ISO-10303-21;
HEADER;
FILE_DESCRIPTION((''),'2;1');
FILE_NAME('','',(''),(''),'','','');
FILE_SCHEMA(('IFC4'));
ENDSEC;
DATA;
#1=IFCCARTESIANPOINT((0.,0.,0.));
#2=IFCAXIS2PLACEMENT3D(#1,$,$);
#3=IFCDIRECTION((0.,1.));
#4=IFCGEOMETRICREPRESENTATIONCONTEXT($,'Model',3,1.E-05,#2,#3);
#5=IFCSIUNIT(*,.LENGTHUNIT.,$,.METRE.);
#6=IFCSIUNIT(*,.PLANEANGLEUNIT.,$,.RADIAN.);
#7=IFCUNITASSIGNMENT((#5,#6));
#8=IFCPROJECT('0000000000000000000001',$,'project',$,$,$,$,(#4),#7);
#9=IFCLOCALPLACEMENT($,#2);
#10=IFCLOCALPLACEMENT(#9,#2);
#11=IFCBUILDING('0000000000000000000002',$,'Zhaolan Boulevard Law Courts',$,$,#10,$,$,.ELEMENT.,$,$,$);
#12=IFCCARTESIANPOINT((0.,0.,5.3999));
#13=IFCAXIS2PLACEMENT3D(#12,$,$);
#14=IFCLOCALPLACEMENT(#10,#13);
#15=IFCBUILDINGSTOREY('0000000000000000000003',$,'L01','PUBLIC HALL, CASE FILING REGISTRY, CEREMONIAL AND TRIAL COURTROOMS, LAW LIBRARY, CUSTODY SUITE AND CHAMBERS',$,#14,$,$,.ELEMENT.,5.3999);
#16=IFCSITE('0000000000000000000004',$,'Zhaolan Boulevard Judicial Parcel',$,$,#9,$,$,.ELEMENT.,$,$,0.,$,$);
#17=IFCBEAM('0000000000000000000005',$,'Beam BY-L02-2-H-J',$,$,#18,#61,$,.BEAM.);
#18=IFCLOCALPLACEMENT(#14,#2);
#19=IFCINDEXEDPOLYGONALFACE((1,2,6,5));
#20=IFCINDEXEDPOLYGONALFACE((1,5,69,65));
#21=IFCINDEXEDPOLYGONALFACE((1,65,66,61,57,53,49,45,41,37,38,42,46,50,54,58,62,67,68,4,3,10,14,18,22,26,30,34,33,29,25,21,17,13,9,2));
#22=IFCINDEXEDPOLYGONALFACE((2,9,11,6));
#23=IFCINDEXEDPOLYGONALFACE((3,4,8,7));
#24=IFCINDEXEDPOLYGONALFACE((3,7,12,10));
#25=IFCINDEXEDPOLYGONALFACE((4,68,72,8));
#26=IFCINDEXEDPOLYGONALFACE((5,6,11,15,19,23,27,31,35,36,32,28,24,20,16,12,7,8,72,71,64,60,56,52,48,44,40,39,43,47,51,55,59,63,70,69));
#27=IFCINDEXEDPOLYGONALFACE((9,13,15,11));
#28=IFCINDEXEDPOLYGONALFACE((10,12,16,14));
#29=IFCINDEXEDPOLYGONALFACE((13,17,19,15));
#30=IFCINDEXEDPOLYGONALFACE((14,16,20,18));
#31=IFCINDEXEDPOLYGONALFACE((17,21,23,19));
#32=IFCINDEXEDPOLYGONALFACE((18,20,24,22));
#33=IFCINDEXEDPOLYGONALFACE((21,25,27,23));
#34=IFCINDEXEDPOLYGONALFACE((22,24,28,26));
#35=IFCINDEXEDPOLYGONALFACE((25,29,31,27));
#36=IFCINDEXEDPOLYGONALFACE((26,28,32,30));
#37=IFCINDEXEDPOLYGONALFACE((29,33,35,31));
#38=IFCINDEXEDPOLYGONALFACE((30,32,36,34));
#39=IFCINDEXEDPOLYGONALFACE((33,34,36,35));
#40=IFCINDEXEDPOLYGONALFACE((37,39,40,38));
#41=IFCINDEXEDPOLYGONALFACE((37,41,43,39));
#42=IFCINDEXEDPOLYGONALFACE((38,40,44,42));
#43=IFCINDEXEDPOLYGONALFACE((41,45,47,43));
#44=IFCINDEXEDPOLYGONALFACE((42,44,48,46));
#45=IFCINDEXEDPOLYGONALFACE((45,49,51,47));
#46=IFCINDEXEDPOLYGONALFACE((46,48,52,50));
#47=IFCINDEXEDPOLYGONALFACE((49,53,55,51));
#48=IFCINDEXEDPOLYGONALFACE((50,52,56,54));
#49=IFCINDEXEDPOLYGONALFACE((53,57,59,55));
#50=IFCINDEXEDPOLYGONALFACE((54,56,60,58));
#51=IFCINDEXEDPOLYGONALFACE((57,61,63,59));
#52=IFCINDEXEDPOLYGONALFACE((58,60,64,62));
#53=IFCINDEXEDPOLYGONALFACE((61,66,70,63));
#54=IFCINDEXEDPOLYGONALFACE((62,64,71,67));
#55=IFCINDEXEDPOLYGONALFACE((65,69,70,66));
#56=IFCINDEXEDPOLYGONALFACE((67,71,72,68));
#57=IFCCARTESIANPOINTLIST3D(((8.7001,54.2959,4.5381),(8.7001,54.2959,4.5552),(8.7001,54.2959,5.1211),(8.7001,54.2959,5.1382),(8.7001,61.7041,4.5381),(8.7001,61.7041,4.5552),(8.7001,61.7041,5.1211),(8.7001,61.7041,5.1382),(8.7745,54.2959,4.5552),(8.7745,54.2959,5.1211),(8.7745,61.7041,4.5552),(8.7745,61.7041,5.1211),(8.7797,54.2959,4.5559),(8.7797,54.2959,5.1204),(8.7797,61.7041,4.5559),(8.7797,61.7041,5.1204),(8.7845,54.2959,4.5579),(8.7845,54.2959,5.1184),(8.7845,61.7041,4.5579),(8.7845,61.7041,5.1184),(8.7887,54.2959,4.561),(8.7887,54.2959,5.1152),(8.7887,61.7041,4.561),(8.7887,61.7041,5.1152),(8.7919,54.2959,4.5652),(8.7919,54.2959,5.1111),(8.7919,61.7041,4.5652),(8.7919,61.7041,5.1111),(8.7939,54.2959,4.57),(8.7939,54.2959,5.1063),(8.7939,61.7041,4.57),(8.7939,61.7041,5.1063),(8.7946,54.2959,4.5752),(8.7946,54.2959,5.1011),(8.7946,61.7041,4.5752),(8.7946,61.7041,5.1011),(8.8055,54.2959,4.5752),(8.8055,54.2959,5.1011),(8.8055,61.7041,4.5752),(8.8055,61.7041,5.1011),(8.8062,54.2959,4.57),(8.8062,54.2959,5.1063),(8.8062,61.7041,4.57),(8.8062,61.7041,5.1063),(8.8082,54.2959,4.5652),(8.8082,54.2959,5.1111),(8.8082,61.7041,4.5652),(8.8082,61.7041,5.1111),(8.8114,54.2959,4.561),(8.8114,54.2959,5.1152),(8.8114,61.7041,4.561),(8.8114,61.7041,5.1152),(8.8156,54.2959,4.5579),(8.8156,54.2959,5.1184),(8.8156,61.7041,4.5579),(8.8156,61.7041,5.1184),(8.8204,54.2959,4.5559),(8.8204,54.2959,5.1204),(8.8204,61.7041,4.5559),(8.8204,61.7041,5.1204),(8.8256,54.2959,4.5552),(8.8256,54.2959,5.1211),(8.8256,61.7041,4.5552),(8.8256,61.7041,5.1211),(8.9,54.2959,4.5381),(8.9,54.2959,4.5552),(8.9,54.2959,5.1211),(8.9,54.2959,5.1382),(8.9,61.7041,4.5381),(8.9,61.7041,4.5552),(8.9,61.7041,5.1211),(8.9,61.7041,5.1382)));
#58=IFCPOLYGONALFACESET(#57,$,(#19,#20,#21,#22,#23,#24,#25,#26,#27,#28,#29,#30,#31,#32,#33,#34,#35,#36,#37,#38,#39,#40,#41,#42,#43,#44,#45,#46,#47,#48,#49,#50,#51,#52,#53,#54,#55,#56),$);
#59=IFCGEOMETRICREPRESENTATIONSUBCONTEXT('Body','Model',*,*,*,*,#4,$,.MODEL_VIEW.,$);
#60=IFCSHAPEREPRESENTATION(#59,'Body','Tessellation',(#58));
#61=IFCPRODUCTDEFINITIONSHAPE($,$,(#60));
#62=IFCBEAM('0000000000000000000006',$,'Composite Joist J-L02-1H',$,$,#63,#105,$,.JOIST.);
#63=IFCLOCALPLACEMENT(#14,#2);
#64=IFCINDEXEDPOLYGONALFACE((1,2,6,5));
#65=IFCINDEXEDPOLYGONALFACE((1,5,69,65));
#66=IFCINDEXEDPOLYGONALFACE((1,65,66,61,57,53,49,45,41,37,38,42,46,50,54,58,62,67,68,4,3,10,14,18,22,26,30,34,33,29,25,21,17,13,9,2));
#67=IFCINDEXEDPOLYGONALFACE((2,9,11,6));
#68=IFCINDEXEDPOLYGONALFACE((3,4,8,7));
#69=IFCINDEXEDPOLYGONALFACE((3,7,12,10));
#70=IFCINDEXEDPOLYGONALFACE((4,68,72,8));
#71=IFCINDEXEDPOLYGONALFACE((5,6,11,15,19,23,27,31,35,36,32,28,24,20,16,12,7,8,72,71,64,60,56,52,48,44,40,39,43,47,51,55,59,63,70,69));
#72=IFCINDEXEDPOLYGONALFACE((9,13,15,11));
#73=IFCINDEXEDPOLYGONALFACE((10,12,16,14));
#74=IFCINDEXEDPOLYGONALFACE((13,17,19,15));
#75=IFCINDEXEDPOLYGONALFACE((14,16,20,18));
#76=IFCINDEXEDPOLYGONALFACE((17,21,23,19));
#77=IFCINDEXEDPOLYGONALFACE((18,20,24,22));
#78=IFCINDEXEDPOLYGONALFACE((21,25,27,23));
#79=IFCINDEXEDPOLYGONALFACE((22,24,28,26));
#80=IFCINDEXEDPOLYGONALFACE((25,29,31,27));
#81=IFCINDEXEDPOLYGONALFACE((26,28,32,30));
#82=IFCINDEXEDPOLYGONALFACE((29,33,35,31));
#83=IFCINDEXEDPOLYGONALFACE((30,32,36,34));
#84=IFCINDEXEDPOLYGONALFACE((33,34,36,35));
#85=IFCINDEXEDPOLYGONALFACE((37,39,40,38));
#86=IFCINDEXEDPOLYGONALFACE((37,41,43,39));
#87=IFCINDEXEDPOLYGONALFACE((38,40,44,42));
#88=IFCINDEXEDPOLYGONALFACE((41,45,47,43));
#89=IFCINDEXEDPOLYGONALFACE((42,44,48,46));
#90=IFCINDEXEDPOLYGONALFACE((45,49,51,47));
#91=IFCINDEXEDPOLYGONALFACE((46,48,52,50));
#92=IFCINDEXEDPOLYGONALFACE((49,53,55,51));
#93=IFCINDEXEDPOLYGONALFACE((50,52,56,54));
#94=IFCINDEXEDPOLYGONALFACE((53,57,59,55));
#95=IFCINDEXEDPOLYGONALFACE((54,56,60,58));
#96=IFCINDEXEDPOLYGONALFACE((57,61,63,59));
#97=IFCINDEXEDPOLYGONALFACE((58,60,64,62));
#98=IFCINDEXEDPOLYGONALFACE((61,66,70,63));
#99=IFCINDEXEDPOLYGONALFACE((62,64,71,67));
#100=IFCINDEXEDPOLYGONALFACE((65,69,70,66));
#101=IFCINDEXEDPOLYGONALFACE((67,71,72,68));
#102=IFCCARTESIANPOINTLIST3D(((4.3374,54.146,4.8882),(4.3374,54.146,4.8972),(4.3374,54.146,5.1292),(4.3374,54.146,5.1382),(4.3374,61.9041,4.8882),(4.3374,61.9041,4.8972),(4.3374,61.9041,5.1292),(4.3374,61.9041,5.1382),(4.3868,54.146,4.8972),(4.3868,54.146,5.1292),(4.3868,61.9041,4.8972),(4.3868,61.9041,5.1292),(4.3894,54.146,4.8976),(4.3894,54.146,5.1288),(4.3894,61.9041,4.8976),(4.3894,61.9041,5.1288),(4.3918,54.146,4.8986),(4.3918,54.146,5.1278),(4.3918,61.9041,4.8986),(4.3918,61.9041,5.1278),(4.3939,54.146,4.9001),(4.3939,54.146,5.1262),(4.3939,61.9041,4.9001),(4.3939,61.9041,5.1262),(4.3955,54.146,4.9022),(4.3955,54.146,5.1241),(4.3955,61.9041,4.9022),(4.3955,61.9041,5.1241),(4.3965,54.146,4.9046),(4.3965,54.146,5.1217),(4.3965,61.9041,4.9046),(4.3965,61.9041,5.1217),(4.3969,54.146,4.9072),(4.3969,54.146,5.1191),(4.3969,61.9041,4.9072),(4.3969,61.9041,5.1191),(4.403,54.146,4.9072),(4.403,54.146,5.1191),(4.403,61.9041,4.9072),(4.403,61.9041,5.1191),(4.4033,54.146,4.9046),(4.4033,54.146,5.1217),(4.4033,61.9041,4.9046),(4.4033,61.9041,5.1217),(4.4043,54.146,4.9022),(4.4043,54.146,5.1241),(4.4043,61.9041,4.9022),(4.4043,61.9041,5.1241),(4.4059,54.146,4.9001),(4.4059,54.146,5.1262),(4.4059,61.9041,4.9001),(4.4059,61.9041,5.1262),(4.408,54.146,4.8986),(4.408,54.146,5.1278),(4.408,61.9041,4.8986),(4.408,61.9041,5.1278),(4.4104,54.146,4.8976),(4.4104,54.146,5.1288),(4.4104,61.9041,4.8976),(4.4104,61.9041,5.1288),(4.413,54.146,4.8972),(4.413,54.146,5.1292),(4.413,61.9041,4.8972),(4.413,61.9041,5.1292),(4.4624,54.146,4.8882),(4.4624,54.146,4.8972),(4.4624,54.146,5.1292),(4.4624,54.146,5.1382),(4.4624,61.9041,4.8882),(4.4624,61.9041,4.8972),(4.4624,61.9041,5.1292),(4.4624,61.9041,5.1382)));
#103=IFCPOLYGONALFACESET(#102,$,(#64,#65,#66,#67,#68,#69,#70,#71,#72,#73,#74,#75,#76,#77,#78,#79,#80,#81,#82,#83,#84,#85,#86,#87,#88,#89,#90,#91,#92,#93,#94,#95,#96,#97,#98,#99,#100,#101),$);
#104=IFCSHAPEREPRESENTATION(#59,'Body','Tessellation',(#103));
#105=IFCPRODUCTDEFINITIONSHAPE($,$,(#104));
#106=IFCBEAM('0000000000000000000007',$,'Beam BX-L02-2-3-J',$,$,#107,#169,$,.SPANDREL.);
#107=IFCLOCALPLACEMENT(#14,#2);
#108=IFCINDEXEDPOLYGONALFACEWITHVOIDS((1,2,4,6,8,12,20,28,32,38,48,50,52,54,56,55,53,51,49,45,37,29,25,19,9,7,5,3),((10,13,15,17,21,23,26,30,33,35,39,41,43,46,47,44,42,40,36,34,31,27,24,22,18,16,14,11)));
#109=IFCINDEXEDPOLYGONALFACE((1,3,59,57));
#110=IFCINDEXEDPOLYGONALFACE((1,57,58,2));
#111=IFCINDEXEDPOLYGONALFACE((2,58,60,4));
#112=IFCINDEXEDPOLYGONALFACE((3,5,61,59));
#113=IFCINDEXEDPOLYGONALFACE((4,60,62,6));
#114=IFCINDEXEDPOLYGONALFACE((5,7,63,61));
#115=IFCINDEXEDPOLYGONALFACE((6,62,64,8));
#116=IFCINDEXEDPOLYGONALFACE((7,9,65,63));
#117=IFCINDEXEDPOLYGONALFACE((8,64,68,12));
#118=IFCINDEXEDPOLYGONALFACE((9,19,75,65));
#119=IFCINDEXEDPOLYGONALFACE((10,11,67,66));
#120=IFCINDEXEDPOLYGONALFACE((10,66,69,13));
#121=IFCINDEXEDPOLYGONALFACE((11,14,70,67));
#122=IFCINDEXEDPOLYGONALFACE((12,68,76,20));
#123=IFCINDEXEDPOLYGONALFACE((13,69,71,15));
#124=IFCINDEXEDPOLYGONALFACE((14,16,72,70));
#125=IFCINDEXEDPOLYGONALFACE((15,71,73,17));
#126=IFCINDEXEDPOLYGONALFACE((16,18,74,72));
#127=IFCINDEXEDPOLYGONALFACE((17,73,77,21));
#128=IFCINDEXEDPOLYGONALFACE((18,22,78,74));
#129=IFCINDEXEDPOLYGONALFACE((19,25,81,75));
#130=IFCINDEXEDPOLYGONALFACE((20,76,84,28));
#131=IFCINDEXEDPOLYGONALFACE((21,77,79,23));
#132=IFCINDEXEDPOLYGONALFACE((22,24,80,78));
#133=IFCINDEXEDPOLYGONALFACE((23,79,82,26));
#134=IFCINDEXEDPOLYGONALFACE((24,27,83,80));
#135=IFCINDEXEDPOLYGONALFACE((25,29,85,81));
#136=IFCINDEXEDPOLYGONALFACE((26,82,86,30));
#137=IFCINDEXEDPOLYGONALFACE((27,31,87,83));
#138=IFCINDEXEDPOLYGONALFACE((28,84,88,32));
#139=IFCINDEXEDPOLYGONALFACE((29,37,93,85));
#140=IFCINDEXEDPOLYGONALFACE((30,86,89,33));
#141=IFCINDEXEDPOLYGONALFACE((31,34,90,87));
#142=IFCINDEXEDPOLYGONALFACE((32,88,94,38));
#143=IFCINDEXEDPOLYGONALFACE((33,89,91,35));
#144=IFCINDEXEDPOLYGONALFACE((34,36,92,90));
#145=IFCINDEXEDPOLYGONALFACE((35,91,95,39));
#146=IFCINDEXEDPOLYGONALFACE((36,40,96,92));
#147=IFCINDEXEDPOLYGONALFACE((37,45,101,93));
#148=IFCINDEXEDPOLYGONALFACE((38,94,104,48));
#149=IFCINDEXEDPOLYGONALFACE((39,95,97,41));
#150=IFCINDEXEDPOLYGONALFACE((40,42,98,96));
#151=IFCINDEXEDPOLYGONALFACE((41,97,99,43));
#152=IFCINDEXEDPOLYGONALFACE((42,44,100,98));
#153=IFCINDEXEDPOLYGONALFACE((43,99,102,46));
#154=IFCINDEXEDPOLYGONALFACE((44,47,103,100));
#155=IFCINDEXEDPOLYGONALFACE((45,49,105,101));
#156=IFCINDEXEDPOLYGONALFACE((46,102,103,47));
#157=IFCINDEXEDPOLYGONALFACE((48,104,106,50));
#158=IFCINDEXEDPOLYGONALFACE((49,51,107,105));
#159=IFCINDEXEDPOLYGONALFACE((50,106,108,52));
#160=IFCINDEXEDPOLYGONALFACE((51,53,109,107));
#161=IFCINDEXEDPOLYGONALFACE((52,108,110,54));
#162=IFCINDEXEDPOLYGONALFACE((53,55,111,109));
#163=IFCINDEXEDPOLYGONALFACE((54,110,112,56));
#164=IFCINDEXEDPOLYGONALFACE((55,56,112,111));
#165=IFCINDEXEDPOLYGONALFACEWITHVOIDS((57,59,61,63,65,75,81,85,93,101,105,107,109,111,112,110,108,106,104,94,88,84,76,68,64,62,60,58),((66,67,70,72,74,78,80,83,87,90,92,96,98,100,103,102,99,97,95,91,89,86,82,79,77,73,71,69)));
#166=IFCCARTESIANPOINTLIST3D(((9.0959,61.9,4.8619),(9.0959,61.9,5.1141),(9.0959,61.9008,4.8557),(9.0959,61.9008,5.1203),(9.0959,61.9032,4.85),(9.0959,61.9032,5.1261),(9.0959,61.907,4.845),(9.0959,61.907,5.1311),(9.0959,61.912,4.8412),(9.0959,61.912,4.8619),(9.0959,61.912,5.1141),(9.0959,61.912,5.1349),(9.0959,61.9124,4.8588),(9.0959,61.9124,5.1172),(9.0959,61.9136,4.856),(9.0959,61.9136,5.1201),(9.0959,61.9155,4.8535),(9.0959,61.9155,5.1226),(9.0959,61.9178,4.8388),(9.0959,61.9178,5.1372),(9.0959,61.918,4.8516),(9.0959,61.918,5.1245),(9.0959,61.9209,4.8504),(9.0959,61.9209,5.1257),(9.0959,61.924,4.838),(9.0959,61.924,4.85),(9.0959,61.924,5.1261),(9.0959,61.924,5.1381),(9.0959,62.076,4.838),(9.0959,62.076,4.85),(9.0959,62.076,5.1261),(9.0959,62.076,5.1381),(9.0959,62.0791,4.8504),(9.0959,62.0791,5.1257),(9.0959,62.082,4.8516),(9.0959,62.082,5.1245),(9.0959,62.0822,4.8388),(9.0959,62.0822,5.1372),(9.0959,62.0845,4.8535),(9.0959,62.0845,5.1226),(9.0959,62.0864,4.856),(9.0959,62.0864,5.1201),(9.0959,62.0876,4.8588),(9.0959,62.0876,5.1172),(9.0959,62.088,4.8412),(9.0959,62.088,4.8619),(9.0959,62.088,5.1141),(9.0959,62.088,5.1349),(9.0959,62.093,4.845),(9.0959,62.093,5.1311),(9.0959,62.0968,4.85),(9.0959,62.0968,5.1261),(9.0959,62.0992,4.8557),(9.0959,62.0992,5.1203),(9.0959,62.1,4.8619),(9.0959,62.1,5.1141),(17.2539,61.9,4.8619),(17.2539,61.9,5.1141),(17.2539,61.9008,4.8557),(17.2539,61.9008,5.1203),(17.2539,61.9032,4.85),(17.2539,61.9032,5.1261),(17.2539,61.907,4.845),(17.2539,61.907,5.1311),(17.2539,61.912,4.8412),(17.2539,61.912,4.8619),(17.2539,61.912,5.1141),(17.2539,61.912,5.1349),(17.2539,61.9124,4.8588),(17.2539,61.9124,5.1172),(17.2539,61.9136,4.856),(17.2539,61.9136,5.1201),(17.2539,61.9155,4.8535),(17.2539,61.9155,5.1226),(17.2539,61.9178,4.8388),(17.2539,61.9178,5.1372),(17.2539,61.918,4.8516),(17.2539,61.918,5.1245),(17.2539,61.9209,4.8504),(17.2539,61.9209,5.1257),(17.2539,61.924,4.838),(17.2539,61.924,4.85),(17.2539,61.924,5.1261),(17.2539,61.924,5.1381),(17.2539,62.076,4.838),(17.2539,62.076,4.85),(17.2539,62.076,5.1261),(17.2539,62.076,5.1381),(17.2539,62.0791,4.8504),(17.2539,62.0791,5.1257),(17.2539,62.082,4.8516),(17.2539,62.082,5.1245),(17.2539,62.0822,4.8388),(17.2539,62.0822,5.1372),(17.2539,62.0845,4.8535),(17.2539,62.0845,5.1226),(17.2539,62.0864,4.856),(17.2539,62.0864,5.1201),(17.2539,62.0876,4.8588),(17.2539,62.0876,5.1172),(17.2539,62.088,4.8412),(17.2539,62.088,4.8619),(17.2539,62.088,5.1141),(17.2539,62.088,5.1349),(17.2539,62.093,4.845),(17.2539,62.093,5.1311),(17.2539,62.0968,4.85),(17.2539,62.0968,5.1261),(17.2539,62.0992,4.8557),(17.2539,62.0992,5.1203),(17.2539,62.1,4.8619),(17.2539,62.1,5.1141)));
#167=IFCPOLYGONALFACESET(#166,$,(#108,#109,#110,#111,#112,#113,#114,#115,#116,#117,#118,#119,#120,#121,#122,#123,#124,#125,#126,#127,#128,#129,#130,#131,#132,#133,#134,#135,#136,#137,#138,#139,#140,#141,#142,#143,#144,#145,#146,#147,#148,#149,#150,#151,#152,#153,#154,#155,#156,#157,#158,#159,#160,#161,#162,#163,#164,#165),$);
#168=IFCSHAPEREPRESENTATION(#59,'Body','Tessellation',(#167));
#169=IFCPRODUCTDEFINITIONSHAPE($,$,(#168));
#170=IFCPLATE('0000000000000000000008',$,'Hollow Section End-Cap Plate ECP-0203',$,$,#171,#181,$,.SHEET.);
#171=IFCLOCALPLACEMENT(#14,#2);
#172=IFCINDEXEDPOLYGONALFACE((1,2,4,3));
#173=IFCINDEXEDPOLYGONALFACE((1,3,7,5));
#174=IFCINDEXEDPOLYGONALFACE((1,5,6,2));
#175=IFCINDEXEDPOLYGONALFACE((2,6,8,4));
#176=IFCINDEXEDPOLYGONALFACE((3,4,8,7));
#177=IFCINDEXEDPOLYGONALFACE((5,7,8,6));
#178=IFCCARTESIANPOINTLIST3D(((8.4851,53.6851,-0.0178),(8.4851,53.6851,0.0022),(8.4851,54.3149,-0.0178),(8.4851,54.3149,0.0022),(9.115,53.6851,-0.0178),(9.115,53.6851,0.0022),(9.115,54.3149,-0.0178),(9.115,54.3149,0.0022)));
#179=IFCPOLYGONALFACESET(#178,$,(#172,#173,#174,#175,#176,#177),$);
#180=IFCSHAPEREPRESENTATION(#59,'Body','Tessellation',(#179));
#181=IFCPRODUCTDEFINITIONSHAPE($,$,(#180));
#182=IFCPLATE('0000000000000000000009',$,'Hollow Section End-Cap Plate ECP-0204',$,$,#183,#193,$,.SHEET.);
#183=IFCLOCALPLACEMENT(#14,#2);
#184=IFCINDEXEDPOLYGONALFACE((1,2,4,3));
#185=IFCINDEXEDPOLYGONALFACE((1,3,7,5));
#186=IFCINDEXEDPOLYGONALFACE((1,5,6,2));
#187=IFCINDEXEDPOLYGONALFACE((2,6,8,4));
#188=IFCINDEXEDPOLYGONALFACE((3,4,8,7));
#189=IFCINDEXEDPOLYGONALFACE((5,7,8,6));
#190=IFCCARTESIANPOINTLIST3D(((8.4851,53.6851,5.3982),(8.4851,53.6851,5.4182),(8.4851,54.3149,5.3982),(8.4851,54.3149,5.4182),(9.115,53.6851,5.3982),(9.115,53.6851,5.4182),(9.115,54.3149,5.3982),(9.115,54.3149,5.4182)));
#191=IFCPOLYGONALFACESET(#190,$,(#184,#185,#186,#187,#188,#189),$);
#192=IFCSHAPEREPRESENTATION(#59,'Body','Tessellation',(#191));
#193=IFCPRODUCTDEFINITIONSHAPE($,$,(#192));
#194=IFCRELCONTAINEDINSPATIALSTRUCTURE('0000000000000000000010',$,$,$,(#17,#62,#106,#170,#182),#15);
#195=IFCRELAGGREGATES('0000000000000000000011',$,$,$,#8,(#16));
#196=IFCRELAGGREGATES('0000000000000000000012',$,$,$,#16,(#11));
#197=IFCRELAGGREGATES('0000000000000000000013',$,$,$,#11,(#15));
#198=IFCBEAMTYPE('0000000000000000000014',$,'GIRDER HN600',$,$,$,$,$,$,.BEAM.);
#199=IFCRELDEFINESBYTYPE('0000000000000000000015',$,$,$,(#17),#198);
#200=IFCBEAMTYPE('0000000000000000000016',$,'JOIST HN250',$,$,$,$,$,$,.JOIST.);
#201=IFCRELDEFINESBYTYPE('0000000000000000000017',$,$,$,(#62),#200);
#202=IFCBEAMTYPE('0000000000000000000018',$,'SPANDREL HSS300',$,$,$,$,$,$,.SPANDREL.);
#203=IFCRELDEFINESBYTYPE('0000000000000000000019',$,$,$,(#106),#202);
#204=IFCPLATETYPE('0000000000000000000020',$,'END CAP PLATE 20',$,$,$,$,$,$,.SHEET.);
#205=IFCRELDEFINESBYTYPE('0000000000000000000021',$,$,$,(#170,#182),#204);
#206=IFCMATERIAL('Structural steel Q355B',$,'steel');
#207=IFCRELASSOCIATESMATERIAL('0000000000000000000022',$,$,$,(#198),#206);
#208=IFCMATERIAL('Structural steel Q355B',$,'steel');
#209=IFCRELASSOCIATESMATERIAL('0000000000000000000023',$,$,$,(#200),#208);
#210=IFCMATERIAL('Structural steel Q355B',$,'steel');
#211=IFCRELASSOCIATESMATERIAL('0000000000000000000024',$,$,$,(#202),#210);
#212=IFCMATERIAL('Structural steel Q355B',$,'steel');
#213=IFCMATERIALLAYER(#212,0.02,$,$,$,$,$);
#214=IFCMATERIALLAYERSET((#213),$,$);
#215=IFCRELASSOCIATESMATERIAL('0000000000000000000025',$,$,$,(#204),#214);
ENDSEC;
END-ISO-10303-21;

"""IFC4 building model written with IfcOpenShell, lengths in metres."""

from ifc_helpers import new_model, si_unit, direction, frame, origin, origin_2d, place, context, subcontext, project, spatial, rectangle, hollow_rectangle, i_section, extrude, material, layer, layer_set, material_profile, profile_set, type_object, element, save


model = new_model("IFC4")

# Units and contexts
model_context = context("Model", 3, precision=1e-05, world=origin(), true_north=direction((0.0, 1.0)))
body_context = subcontext(model_context, "Body", "Model", "MODEL_VIEW")
ifc_project = project(units=[si_unit("LENGTHUNIT", "METRE"), si_unit("PLANEANGLEUNIT", "RADIAN")], contexts=[model_context])

# Site, building, storey
site_placement = place(None, origin())
site = spatial("IfcSite", under=ifc_project, at=site_placement, Name="Zhaolan Boulevard Judicial Parcel", CompositionType="ELEMENT", RefElevation=0.0)
building_placement = place(site_placement, origin())
building = spatial("IfcBuilding", under=site, at=building_placement, Name="Zhaolan Boulevard Law Courts", CompositionType="ELEMENT")
storey_placement = place(building_placement, frame((0.0, 0.0, 5.3999)))
storey = spatial("IfcBuildingStorey", under=building, at=storey_placement, Name="L01", Description="PUBLIC HALL, CASE FILING REGISTRY, CEREMONIAL AND TRIAL COURTROOMS, LAW LIBRARY, CUSTODY SUITE AND CHAMBERS", CompositionType="ELEMENT", Elevation=5.3999)

# Beams
ifc_material_1 = material(Name="Structural steel Q355B", Category="steel")
ifc_material_profile_1 = material_profile(ifc_material_1, i_section(OverallWidth=0.2, OverallDepth=0.6001, WebThickness=0.011, FlangeThickness=0.0171, FilletRadius=0.02, at=origin_2d()), Name="HN600x200")
ifc_profile_set_1 = profile_set([ifc_material_profile_1], Name="Structural steel Q355B")
beam_type_1 = type_object("IfcBeamType", Name="GIRDER HN600", PredefinedType="BEAM", material=ifc_profile_set_1)
beam_1_placement = place(storey_placement, frame((8.8, 54.2959, 4.8381), z_axis=(0.0, 1.0, 0.0), x_axis=(-1.0, 0.0, 0.0)))
element("IfcBeam", 1, at=beam_1_placement, inside=storey, type_object=beam_type_1, Name="Beam BY-L02-2-H-J", PredefinedType="BEAM", context=body_context, shape_type="SweptSolid", body=[
    extrude(i_section(OverallWidth=0.2, OverallDepth=0.6001, WebThickness=0.011, FlangeThickness=0.0171, FilletRadius=0.02, at=origin_2d()), origin(), (0.0, 0.0, 1.0), 7.4082),
])
ifc_material_2 = material(Name="Structural steel Q355B", Category="steel")
ifc_material_profile_2 = material_profile(ifc_material_2, i_section(OverallWidth=0.125, OverallDepth=0.25, WebThickness=0.0061, FlangeThickness=0.009, FilletRadius=0.01, at=origin_2d()), Name="HN250x125")
ifc_profile_set_2 = profile_set([ifc_material_profile_2], Name="Structural steel Q355B")
beam_type_2 = type_object("IfcBeamType", Name="JOIST HN250", PredefinedType="JOIST", material=ifc_profile_set_2)
beam_2_placement = place(storey_placement, frame((4.3999, 54.146, 5.0132), z_axis=(0.0, 1.0, 0.0), x_axis=(-1.0, 0.0, 0.0)))
element("IfcBeam", 2, at=beam_2_placement, inside=storey, type_object=beam_type_2, Name="Composite Joist J-L02-1H", PredefinedType="JOIST", context=body_context, shape_type="SweptSolid", body=[
    extrude(i_section(OverallWidth=0.125, OverallDepth=0.25, WebThickness=0.0061, FlangeThickness=0.009, FilletRadius=0.01, at=origin_2d()), origin(), (0.0, 0.0, 1.0), 7.7581),
])
ifc_material_3 = material(Name="Structural steel Q355B", Category="steel")
ifc_material_profile_3 = material_profile(ifc_material_3, hollow_rectangle(XDim=0.2, YDim=0.3, WallThickness=0.012, InnerFilletRadius=0.012, OuterFilletRadius=0.0239, at=origin_2d()), Name="HSS300x200x12")
ifc_profile_set_3 = profile_set([ifc_material_profile_3], Name="Structural steel Q355B")
beam_type_3 = type_object("IfcBeamType", Name="SPANDREL HSS300", PredefinedType="SPANDREL", material=ifc_profile_set_3)
beam_3_placement = place(storey_placement, frame((9.0959, 62.0, 4.988), z_axis=(1.0, 0.0, 0.0), x_axis=(0.0, 1.0, 0.0)))
element("IfcBeam", 3, at=beam_3_placement, inside=storey, type_object=beam_type_3, Name="Beam BX-L02-2-3-J", PredefinedType="SPANDREL", context=body_context, shape_type="SweptSolid", body=[
    extrude(hollow_rectangle(XDim=0.2, YDim=0.3, WallThickness=0.012, InnerFilletRadius=0.012, OuterFilletRadius=0.0239, at=origin_2d()), origin(), (0.0, 0.0, 1.0), 8.158),
])

# Plates
ifc_material_4 = material(Name="Structural steel Q355B", Category="steel")
ifc_layer_1 = layer(ifc_material_4, 0.02)
ifc_layer_set_1 = layer_set([ifc_layer_1])
plate_type = type_object("IfcPlateType", Name="END CAP PLATE 20", PredefinedType="SHEET", material=ifc_layer_set_1)
for number, where, z_axis, x_axis, name in (
    (4, (8.8, 54.0, -0.0178), (0.0, 0.0, 1.0), (1.0, 0.0, 0.0), "Hollow Section End-Cap Plate ECP-0203"),
    (5, (8.8, 54.0, 5.3982), (0.0, 0.0, 1.0), (1.0, 0.0, 0.0), "Hollow Section End-Cap Plate ECP-0204"),
):
    element("IfcPlate", number, at=place(storey_placement, frame(where, z_axis=z_axis, x_axis=x_axis)), inside=storey, type_object=plate_type, Name=name, PredefinedType="SHEET", context=body_context, shape_type="SweptSolid", body=[
        extrude(rectangle(XDim=0.6299, YDim=0.6299, at=origin_2d()), origin(), (0.0, 0.0, 1.0), 0.02),
    ])

save(model, "model.ifc")
